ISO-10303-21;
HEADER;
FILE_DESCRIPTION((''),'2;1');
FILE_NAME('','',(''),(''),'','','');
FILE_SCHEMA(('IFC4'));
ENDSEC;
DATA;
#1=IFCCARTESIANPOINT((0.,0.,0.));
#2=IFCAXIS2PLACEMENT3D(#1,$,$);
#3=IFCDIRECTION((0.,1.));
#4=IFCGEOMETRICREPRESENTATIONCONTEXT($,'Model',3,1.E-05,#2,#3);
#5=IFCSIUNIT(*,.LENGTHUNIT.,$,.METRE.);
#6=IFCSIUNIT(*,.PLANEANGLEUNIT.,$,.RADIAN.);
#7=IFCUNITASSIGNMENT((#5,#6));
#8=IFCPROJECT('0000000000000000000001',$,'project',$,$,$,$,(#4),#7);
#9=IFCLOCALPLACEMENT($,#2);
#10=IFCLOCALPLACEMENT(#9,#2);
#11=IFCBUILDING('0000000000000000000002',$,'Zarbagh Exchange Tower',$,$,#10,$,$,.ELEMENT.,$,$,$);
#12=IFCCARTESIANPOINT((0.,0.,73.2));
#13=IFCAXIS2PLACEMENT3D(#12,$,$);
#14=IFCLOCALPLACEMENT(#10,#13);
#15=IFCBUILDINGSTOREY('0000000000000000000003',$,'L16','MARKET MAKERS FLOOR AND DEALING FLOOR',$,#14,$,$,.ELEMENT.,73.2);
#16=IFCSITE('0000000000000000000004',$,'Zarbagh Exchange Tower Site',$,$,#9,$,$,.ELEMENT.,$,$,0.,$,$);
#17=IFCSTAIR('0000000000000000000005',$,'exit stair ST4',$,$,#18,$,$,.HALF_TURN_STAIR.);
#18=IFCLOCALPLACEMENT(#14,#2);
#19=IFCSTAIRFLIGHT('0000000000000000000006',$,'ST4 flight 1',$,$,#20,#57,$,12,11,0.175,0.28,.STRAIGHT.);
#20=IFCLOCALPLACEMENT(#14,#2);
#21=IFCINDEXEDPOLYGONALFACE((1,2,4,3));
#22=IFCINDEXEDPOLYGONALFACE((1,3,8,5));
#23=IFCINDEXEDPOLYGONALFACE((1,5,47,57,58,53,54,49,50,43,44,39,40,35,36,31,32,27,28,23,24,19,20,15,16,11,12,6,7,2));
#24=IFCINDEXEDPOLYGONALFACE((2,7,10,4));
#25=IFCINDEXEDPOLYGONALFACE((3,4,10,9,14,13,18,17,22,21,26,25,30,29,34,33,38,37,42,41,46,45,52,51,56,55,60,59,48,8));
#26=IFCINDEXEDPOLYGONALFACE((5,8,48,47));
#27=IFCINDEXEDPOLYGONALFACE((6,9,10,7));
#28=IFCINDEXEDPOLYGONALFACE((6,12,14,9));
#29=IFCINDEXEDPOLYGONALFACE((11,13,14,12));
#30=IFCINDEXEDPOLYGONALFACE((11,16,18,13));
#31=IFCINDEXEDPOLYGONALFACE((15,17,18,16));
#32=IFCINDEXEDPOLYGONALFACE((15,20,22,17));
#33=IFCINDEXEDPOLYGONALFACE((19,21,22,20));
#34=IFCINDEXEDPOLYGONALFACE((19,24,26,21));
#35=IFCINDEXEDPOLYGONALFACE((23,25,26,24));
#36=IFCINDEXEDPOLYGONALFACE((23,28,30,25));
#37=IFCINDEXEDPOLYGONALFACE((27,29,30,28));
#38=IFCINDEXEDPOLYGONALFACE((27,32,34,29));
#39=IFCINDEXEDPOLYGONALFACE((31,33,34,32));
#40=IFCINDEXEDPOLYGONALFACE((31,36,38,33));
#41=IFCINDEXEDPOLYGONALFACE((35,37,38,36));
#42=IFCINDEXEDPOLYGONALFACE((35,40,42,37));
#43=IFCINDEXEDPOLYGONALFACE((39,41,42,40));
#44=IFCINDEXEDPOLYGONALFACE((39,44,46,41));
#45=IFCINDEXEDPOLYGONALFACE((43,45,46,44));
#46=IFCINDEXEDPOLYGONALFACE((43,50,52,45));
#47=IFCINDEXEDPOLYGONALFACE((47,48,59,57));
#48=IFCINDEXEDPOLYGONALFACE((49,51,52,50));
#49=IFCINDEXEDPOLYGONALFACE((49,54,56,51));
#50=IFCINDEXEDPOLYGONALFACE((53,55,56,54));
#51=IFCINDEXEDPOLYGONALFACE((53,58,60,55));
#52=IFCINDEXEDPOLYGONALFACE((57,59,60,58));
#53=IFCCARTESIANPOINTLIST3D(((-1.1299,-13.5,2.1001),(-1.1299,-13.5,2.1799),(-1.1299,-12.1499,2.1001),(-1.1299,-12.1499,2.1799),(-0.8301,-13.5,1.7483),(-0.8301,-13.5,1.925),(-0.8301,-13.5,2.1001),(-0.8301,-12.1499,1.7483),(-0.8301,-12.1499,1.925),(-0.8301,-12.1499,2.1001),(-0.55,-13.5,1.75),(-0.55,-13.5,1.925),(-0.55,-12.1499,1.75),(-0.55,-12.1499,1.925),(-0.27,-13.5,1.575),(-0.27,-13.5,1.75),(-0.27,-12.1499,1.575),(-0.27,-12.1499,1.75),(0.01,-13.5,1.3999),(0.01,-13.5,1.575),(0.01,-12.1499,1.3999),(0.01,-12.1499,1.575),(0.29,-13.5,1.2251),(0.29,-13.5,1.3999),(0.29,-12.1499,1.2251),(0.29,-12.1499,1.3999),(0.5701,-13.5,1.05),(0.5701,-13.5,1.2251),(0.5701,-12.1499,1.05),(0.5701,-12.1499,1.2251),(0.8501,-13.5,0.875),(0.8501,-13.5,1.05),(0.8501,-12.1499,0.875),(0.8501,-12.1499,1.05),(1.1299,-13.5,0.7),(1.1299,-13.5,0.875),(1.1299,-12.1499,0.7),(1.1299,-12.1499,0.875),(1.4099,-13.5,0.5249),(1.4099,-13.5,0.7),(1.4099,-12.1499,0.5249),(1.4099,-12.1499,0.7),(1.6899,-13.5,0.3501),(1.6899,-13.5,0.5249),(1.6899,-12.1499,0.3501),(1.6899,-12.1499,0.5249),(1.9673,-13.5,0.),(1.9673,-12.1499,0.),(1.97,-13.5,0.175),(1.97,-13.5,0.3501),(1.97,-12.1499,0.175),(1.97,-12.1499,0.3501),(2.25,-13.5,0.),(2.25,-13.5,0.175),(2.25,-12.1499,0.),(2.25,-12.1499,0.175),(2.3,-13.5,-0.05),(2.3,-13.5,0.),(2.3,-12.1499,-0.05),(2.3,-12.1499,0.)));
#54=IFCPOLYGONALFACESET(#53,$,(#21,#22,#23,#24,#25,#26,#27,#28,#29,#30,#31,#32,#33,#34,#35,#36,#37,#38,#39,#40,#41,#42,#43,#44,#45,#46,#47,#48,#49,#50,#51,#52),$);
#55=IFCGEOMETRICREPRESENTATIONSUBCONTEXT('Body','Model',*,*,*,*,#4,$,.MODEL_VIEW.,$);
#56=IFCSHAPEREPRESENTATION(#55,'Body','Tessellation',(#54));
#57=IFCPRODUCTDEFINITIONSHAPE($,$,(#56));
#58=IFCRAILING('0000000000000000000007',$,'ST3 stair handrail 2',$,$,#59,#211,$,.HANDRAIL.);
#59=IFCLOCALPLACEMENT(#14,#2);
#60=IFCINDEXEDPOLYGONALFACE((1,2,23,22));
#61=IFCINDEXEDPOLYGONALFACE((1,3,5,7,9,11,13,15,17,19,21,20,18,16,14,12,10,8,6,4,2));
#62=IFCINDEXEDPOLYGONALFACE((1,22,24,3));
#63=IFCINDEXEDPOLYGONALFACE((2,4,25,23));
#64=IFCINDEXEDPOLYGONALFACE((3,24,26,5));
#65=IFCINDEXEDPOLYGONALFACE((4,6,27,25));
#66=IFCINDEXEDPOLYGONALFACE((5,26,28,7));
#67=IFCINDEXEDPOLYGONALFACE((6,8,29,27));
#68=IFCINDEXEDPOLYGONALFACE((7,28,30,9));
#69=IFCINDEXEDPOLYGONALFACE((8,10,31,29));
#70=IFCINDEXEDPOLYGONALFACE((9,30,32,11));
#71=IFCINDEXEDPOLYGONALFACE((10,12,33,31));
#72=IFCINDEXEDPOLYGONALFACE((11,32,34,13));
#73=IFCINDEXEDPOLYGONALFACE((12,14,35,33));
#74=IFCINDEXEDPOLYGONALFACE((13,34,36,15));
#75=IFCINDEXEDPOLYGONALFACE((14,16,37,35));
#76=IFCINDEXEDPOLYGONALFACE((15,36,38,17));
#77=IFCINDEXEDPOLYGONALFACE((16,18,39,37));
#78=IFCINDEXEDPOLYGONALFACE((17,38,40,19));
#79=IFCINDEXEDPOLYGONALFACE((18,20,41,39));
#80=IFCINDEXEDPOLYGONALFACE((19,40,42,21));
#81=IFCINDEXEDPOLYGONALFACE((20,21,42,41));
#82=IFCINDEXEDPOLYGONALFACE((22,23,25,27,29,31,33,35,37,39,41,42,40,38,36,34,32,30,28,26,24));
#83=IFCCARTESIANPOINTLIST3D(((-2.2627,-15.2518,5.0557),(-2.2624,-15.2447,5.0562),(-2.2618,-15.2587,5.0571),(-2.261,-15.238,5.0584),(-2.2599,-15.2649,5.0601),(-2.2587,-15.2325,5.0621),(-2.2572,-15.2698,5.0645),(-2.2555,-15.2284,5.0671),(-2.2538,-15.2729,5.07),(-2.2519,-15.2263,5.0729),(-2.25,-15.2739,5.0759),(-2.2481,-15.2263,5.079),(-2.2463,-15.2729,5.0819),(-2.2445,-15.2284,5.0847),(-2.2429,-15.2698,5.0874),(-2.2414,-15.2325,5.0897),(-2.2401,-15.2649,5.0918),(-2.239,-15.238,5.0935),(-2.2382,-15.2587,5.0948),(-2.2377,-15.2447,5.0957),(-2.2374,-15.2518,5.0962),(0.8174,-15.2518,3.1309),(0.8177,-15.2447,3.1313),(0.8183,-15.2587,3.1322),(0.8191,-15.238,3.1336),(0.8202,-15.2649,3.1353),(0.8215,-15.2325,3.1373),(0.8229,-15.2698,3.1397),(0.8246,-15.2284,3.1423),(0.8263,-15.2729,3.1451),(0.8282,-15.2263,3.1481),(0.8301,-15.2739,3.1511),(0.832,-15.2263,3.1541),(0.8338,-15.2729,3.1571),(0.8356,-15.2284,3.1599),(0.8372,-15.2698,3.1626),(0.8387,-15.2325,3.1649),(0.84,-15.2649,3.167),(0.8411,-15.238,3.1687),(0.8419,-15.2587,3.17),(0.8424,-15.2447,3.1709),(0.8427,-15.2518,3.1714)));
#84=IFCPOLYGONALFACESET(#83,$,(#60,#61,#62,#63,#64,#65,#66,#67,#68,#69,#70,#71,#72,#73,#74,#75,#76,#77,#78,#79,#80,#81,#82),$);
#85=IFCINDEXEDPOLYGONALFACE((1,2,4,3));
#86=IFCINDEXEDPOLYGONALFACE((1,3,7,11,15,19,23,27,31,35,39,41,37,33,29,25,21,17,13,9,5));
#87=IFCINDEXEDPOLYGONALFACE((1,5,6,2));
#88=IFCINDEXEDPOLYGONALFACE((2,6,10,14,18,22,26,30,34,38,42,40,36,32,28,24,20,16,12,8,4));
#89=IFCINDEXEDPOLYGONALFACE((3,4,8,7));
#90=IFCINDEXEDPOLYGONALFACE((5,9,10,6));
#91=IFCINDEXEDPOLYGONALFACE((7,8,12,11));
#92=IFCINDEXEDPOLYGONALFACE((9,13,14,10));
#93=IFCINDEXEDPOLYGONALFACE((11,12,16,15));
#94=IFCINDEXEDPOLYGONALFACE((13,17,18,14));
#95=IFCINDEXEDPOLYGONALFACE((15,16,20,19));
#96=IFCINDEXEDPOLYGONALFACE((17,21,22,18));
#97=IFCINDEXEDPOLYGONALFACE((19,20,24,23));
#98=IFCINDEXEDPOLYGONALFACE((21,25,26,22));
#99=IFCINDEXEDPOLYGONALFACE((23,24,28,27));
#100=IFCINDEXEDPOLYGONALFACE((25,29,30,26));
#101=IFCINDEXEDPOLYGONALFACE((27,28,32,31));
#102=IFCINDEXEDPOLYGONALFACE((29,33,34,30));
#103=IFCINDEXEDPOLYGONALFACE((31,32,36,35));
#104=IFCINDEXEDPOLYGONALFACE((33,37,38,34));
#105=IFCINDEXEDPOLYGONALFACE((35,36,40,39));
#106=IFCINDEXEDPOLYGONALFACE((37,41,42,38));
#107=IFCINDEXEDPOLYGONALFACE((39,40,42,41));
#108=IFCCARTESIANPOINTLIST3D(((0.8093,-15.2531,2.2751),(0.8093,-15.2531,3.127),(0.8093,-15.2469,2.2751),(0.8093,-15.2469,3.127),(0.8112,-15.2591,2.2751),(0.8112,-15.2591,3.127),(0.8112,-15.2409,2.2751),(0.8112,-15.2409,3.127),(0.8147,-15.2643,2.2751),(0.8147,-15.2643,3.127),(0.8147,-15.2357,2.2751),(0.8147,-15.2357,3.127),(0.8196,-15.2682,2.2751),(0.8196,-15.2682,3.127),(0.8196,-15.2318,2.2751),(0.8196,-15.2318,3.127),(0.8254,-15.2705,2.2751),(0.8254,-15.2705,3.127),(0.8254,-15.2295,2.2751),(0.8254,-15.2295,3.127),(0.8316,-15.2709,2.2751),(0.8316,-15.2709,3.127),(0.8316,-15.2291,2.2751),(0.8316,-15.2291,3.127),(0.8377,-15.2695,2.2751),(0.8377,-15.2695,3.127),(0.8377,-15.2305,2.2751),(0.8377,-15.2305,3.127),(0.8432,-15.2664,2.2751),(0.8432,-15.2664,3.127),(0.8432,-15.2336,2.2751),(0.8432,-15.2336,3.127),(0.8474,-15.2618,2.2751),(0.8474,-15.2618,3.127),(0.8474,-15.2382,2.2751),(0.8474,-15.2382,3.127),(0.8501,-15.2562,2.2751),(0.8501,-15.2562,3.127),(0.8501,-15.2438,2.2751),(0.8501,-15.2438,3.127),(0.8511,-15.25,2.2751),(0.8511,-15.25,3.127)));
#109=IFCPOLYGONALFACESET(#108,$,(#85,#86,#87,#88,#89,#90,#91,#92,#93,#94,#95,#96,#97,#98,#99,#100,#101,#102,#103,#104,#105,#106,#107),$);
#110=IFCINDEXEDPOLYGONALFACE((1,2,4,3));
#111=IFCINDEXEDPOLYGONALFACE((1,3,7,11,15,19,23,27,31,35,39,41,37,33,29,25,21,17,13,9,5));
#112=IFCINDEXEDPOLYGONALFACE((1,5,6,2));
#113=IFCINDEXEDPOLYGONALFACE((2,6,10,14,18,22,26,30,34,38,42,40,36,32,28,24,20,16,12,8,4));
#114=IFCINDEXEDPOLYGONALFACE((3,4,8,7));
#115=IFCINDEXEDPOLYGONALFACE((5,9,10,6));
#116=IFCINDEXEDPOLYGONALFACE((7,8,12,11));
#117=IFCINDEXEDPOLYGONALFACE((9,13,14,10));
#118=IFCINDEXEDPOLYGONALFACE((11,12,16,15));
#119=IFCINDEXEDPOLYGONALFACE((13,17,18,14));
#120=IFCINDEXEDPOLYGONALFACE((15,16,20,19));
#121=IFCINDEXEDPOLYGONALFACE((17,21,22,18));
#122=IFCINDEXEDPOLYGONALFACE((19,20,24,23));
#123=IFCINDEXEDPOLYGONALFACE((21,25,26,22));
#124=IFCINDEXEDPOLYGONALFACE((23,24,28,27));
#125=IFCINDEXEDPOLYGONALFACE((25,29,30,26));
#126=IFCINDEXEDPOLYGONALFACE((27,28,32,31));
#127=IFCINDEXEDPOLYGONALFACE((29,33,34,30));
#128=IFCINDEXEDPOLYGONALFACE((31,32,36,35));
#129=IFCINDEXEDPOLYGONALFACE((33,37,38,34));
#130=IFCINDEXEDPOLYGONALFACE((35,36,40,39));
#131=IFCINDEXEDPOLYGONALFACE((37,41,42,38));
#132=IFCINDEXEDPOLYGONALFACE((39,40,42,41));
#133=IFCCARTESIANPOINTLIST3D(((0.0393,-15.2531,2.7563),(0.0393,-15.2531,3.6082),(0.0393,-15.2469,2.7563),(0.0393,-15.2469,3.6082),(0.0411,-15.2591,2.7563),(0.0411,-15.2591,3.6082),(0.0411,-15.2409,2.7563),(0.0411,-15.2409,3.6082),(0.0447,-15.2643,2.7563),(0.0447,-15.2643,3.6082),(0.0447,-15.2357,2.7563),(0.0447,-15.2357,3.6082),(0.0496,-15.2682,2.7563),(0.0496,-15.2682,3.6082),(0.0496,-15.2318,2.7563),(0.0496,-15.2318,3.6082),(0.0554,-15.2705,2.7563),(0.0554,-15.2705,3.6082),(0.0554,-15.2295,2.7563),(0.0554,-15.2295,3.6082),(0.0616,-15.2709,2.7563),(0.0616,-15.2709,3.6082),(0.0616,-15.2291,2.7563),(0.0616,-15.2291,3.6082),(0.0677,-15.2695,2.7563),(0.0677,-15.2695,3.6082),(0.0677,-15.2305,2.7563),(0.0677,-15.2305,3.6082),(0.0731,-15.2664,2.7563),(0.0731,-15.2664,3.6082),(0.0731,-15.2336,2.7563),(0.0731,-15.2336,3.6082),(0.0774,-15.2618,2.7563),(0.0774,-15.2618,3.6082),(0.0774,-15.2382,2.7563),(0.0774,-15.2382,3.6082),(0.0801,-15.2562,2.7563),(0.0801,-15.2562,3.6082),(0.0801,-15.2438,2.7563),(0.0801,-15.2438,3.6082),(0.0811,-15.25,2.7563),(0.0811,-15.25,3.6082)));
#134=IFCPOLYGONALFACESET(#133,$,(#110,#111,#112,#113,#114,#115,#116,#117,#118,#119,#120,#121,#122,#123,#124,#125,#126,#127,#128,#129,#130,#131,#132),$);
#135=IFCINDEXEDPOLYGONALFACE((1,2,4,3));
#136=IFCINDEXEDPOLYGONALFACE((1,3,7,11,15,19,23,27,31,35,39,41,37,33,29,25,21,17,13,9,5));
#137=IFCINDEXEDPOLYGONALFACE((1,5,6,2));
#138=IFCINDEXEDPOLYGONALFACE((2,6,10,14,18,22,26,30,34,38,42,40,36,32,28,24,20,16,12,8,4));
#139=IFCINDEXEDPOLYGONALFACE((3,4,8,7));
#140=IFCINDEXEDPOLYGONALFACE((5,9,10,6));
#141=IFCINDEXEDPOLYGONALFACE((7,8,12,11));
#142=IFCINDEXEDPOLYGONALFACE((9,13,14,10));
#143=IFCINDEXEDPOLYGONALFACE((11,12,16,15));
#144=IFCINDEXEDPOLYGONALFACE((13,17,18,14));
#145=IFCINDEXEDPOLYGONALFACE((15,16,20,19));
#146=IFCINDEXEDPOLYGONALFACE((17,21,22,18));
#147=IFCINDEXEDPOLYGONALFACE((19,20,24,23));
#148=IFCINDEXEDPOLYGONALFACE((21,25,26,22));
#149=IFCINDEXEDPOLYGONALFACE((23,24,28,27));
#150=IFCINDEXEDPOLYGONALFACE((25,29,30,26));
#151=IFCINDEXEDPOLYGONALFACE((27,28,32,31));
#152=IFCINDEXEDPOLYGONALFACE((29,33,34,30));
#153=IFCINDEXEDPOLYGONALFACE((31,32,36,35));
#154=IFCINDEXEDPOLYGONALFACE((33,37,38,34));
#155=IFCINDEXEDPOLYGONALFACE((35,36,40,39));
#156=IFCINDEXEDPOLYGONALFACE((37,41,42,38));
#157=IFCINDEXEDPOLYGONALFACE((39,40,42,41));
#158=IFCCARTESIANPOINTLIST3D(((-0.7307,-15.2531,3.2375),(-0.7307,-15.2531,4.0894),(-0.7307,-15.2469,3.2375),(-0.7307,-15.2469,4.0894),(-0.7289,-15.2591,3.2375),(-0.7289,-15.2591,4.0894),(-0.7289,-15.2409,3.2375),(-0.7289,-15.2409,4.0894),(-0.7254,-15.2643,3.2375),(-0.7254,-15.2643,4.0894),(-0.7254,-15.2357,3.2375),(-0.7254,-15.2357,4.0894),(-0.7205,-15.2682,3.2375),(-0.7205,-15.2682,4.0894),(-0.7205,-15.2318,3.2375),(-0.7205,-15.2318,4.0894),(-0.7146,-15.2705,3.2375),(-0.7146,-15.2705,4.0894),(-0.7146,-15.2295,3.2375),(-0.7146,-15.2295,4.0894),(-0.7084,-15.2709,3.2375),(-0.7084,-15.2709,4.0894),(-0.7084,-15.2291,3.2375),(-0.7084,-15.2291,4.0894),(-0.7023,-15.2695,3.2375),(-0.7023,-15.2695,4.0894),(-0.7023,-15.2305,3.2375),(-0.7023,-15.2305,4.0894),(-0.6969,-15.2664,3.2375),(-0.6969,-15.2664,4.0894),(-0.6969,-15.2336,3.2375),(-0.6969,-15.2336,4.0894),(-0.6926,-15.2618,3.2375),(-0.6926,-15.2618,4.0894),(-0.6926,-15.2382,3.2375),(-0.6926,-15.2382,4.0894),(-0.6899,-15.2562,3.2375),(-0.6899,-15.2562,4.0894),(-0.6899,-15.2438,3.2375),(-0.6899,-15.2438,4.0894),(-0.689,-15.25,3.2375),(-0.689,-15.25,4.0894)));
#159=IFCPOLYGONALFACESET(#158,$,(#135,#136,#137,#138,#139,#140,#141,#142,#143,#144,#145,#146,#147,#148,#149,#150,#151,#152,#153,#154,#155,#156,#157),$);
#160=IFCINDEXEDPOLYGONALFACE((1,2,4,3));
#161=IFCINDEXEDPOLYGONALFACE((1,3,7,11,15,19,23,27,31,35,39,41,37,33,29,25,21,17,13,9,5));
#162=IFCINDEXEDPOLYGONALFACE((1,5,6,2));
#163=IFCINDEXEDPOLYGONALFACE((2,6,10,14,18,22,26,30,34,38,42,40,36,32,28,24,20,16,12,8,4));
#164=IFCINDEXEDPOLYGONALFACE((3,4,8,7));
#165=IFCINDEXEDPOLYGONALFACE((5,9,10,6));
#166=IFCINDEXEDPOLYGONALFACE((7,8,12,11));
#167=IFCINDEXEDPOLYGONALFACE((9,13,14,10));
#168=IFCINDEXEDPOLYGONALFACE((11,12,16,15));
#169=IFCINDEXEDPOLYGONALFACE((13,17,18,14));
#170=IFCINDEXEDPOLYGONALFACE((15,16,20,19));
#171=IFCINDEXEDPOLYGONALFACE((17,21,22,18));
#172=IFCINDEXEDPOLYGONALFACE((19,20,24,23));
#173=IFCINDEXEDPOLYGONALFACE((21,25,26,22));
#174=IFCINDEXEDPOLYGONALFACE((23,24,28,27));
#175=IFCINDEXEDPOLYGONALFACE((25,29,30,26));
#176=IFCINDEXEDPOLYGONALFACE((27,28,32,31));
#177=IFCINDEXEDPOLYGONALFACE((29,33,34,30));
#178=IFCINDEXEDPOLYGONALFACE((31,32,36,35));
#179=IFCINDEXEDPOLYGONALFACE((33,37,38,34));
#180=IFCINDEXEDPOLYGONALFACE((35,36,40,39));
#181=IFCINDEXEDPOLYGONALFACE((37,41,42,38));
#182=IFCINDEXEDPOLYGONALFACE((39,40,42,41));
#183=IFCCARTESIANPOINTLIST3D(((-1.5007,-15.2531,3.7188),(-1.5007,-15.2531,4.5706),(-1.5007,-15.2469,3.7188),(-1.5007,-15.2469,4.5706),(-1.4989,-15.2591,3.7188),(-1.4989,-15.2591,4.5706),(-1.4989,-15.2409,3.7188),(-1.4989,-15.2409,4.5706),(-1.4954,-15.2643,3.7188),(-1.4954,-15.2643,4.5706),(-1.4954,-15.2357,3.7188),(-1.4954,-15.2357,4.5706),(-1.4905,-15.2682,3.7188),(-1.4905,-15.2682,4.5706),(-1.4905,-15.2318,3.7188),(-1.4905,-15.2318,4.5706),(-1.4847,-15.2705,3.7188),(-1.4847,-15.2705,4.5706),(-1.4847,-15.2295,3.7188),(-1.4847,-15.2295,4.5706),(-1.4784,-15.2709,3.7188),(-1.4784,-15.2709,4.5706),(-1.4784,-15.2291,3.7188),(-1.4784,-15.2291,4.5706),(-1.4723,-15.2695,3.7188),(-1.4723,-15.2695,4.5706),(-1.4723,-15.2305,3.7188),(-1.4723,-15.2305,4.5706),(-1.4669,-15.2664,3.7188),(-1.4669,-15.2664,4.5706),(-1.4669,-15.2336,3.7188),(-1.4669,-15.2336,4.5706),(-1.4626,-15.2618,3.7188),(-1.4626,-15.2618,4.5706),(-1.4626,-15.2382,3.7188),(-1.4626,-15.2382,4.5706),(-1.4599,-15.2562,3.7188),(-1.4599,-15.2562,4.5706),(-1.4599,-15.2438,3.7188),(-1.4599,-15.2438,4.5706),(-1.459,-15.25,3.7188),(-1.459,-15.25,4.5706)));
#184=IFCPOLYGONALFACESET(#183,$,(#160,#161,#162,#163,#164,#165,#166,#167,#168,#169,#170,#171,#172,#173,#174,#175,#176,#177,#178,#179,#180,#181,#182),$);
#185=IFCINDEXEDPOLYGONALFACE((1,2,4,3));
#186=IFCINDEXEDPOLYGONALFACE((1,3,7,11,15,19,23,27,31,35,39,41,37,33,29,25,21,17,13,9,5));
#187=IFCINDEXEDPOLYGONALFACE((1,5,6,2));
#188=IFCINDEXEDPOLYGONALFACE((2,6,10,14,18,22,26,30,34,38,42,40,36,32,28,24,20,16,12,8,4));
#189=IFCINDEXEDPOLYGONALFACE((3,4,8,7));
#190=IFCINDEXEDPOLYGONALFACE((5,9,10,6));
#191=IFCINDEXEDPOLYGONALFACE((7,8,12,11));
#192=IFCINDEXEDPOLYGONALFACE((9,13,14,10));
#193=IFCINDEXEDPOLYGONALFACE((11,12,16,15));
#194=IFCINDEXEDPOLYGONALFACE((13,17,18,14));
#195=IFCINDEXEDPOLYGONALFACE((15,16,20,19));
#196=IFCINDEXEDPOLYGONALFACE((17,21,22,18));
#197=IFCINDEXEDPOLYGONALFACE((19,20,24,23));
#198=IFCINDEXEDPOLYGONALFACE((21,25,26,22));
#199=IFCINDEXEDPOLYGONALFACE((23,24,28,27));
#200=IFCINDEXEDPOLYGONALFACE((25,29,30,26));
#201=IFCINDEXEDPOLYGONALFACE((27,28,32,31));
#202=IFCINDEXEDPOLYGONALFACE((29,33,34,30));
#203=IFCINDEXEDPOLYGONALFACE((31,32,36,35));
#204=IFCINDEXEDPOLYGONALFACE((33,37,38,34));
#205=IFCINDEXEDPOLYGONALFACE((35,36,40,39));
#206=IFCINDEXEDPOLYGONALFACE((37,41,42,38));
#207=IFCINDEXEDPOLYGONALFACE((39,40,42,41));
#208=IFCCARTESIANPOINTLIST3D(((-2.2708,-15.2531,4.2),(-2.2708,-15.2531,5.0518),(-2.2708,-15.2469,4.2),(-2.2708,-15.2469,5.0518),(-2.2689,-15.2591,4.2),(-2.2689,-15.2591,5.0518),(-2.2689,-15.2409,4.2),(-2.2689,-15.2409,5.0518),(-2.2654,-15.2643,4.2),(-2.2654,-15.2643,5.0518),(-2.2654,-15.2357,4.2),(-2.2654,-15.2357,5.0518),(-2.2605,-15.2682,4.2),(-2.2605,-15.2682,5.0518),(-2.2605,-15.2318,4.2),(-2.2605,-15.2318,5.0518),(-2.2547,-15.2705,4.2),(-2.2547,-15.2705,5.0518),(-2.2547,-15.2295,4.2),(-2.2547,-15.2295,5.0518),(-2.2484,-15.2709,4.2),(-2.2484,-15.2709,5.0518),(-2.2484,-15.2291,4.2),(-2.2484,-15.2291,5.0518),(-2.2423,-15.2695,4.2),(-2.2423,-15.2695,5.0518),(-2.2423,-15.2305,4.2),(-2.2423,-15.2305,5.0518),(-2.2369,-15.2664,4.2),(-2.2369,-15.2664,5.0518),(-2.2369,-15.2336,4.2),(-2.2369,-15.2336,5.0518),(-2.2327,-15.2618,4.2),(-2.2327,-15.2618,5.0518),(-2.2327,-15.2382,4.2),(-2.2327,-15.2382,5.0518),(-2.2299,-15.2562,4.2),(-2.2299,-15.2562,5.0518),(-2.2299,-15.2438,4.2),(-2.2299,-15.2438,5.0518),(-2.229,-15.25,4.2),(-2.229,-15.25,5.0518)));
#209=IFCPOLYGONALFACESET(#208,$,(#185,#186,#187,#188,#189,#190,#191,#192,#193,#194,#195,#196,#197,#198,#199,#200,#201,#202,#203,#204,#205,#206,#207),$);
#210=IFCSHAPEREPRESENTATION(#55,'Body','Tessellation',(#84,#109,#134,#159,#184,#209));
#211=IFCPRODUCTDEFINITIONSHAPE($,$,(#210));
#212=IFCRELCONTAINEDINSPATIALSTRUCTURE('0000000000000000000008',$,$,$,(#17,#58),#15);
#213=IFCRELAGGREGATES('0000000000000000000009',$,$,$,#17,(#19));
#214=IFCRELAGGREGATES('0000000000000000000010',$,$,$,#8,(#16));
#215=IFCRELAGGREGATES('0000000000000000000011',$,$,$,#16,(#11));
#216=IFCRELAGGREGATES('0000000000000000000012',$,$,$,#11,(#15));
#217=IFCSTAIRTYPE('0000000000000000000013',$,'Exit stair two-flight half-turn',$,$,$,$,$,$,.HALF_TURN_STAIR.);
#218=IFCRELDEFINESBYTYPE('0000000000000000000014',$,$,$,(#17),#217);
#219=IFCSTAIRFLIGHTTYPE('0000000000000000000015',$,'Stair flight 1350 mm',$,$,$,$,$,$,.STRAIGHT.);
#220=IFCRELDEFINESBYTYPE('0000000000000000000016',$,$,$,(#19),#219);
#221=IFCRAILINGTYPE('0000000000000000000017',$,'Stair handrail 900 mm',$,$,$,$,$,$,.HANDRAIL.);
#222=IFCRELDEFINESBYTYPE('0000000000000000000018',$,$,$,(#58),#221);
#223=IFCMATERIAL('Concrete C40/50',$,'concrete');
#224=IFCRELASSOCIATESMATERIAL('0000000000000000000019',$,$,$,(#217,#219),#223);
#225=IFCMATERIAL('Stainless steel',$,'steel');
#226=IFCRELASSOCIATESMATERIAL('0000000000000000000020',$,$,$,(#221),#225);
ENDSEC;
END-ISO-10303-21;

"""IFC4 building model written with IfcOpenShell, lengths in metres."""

from ifc_helpers import new_model, si_unit, direction, frame, origin, origin_2d, place, context, subcontext, project, spatial, polyline, circle, outline, extrude, material, type_object, element, aggregate, save


model = new_model("IFC4")

# Units and contexts
model_context = context("Model", 3, precision=1e-05, world=origin(), true_north=direction((0.0, 1.0)))
body_context = subcontext(model_context, "Body", "Model", "MODEL_VIEW")
ifc_project = project(units=[si_unit("LENGTHUNIT", "METRE"), si_unit("PLANEANGLEUNIT", "RADIAN")], contexts=[model_context])

# Site, building, storey
site_placement = place(None, origin())
site = spatial("IfcSite", under=ifc_project, at=site_placement, Name="Zarbagh Exchange Tower Site", CompositionType="ELEMENT", RefElevation=0.0)
building_placement = place(site_placement, origin())
building = spatial("IfcBuilding", under=site, at=building_placement, Name="Zarbagh Exchange Tower", CompositionType="ELEMENT")
storey_placement = place(building_placement, frame((0.0, 0.0, 73.2)))
storey = spatial("IfcBuildingStorey", under=building, at=storey_placement, Name="L16", Description="MARKET MAKERS FLOOR AND DEALING FLOOR", CompositionType="ELEMENT", Elevation=73.2)

# Shared definitions
ifc_material_1 = material(Name="Concrete C40/50", Category="concrete")

# Stair, stair flight
stair_type = type_object("IfcStairType", Name="Exit stair two-flight half-turn", PredefinedType="HALF_TURN_STAIR", material=ifc_material_1)
stair_flight_type = type_object("IfcStairFlightType", Name="Stair flight 1350 mm", PredefinedType="STRAIGHT", material=ifc_material_1)
stair_1_placement = place(storey_placement, origin())
stair_1 = element("IfcStair", 1, at=stair_1_placement, inside=storey, type_object=stair_type, Name="exit stair ST4", PredefinedType="HALF_TURN_STAIR")
stair_flight_1_placement = place(storey_placement, frame((2.25, -12.825, 0.0), z_axis=(0.0, 0.0, 1.0), x_axis=(-1.0, 0.0, 0.0)))
stair_flight_1 = element("IfcStairFlight", 2, at=stair_flight_1_placement, type_object=stair_flight_type, Name="ST4 flight 1", NumberOfRisers=12, NumberOfTreads=11, PredefinedType="STRAIGHT", RiserHeight=0.175, TreadLength=0.28, context=body_context, shape_type="SweptSolid", body=[
    extrude(outline(polyline([(-0.05, -0.05), (-0.05, 0.0), (0.0, 0.0), (0.0, 0.175), (0.28, 0.175), (0.28, 0.3501), (0.5601, 0.3501), (0.5601, 0.5249), (0.8401, 0.5249), (0.8401, 0.7), (1.1201, 0.7), (1.1201, 0.875), (1.3999, 0.875), (1.3999, 1.05), (1.6799, 1.05), (1.6799, 1.2251), (1.96, 1.2251), (1.96, 1.3999), (2.24, 1.3999), (2.24, 1.575), (2.52, 1.575), (2.52, 1.75), (2.8, 1.75), (2.8, 1.925), (3.0801, 1.925), (3.0801, 2.1001), (3.3799, 2.1799), (3.3799, 2.1001), (3.0801, 1.7483), (0.2827, 0.0), (-0.05, -0.05)])), frame((0.0, 0.675, 0.0), z_axis=(0.0, -1.0, 0.0), x_axis=(1.0, 0.0, 0.0)), (0.0, 0.0, 1.0), 1.3501),
])
aggregate(stair_1, [stair_flight_1])

# Railing
ifc_material_2 = material(Name="Stainless steel", Category="steel")
railing_type_1 = type_object("IfcRailingType", Name="Stair handrail 900 mm", PredefinedType="HANDRAIL", material=ifc_material_2)
railing_1_placement = place(storey_placement, frame((0.8301, -15.25, 2.2751)))
element("IfcRailing", 3, at=railing_1_placement, inside=storey, type_object=railing_type_1, Name="ST3 stair handrail 2", PredefinedType="HANDRAIL", context=body_context, shape_type="SweptSolid", body=[
    extrude(circle(Radius=0.0239, at=origin_2d()), frame((0.0, 0.0, 0.876), z_axis=(-0.848029, 0.0, 0.529951), x_axis=(0.0, -1.0, 0.0)), (0.0, 0.0, 1.0), 3.6321),
    extrude(circle(Radius=0.021, at=origin_2d()), origin(), (0.0, 0.0, 1.0), 0.8518),
    extrude(circle(Radius=0.021, at=origin_2d()), frame((-0.77, 0.0, 0.4812)), (0.0, 0.0, 1.0), 0.8518),
    extrude(circle(Radius=0.021, at=origin_2d()), frame((-1.54, 0.0, 0.9624)), (0.0, 0.0, 1.0), 0.8518),
    extrude(circle(Radius=0.021, at=origin_2d()), frame((-2.3101, 0.0, 1.4436)), (0.0, 0.0, 1.0), 0.8518),
    extrude(circle(Radius=0.021, at=origin_2d()), frame((-3.0801, 0.0, 1.9248)), (0.0, 0.0, 1.0), 0.8518),
])

save(model, "model.ifc")
